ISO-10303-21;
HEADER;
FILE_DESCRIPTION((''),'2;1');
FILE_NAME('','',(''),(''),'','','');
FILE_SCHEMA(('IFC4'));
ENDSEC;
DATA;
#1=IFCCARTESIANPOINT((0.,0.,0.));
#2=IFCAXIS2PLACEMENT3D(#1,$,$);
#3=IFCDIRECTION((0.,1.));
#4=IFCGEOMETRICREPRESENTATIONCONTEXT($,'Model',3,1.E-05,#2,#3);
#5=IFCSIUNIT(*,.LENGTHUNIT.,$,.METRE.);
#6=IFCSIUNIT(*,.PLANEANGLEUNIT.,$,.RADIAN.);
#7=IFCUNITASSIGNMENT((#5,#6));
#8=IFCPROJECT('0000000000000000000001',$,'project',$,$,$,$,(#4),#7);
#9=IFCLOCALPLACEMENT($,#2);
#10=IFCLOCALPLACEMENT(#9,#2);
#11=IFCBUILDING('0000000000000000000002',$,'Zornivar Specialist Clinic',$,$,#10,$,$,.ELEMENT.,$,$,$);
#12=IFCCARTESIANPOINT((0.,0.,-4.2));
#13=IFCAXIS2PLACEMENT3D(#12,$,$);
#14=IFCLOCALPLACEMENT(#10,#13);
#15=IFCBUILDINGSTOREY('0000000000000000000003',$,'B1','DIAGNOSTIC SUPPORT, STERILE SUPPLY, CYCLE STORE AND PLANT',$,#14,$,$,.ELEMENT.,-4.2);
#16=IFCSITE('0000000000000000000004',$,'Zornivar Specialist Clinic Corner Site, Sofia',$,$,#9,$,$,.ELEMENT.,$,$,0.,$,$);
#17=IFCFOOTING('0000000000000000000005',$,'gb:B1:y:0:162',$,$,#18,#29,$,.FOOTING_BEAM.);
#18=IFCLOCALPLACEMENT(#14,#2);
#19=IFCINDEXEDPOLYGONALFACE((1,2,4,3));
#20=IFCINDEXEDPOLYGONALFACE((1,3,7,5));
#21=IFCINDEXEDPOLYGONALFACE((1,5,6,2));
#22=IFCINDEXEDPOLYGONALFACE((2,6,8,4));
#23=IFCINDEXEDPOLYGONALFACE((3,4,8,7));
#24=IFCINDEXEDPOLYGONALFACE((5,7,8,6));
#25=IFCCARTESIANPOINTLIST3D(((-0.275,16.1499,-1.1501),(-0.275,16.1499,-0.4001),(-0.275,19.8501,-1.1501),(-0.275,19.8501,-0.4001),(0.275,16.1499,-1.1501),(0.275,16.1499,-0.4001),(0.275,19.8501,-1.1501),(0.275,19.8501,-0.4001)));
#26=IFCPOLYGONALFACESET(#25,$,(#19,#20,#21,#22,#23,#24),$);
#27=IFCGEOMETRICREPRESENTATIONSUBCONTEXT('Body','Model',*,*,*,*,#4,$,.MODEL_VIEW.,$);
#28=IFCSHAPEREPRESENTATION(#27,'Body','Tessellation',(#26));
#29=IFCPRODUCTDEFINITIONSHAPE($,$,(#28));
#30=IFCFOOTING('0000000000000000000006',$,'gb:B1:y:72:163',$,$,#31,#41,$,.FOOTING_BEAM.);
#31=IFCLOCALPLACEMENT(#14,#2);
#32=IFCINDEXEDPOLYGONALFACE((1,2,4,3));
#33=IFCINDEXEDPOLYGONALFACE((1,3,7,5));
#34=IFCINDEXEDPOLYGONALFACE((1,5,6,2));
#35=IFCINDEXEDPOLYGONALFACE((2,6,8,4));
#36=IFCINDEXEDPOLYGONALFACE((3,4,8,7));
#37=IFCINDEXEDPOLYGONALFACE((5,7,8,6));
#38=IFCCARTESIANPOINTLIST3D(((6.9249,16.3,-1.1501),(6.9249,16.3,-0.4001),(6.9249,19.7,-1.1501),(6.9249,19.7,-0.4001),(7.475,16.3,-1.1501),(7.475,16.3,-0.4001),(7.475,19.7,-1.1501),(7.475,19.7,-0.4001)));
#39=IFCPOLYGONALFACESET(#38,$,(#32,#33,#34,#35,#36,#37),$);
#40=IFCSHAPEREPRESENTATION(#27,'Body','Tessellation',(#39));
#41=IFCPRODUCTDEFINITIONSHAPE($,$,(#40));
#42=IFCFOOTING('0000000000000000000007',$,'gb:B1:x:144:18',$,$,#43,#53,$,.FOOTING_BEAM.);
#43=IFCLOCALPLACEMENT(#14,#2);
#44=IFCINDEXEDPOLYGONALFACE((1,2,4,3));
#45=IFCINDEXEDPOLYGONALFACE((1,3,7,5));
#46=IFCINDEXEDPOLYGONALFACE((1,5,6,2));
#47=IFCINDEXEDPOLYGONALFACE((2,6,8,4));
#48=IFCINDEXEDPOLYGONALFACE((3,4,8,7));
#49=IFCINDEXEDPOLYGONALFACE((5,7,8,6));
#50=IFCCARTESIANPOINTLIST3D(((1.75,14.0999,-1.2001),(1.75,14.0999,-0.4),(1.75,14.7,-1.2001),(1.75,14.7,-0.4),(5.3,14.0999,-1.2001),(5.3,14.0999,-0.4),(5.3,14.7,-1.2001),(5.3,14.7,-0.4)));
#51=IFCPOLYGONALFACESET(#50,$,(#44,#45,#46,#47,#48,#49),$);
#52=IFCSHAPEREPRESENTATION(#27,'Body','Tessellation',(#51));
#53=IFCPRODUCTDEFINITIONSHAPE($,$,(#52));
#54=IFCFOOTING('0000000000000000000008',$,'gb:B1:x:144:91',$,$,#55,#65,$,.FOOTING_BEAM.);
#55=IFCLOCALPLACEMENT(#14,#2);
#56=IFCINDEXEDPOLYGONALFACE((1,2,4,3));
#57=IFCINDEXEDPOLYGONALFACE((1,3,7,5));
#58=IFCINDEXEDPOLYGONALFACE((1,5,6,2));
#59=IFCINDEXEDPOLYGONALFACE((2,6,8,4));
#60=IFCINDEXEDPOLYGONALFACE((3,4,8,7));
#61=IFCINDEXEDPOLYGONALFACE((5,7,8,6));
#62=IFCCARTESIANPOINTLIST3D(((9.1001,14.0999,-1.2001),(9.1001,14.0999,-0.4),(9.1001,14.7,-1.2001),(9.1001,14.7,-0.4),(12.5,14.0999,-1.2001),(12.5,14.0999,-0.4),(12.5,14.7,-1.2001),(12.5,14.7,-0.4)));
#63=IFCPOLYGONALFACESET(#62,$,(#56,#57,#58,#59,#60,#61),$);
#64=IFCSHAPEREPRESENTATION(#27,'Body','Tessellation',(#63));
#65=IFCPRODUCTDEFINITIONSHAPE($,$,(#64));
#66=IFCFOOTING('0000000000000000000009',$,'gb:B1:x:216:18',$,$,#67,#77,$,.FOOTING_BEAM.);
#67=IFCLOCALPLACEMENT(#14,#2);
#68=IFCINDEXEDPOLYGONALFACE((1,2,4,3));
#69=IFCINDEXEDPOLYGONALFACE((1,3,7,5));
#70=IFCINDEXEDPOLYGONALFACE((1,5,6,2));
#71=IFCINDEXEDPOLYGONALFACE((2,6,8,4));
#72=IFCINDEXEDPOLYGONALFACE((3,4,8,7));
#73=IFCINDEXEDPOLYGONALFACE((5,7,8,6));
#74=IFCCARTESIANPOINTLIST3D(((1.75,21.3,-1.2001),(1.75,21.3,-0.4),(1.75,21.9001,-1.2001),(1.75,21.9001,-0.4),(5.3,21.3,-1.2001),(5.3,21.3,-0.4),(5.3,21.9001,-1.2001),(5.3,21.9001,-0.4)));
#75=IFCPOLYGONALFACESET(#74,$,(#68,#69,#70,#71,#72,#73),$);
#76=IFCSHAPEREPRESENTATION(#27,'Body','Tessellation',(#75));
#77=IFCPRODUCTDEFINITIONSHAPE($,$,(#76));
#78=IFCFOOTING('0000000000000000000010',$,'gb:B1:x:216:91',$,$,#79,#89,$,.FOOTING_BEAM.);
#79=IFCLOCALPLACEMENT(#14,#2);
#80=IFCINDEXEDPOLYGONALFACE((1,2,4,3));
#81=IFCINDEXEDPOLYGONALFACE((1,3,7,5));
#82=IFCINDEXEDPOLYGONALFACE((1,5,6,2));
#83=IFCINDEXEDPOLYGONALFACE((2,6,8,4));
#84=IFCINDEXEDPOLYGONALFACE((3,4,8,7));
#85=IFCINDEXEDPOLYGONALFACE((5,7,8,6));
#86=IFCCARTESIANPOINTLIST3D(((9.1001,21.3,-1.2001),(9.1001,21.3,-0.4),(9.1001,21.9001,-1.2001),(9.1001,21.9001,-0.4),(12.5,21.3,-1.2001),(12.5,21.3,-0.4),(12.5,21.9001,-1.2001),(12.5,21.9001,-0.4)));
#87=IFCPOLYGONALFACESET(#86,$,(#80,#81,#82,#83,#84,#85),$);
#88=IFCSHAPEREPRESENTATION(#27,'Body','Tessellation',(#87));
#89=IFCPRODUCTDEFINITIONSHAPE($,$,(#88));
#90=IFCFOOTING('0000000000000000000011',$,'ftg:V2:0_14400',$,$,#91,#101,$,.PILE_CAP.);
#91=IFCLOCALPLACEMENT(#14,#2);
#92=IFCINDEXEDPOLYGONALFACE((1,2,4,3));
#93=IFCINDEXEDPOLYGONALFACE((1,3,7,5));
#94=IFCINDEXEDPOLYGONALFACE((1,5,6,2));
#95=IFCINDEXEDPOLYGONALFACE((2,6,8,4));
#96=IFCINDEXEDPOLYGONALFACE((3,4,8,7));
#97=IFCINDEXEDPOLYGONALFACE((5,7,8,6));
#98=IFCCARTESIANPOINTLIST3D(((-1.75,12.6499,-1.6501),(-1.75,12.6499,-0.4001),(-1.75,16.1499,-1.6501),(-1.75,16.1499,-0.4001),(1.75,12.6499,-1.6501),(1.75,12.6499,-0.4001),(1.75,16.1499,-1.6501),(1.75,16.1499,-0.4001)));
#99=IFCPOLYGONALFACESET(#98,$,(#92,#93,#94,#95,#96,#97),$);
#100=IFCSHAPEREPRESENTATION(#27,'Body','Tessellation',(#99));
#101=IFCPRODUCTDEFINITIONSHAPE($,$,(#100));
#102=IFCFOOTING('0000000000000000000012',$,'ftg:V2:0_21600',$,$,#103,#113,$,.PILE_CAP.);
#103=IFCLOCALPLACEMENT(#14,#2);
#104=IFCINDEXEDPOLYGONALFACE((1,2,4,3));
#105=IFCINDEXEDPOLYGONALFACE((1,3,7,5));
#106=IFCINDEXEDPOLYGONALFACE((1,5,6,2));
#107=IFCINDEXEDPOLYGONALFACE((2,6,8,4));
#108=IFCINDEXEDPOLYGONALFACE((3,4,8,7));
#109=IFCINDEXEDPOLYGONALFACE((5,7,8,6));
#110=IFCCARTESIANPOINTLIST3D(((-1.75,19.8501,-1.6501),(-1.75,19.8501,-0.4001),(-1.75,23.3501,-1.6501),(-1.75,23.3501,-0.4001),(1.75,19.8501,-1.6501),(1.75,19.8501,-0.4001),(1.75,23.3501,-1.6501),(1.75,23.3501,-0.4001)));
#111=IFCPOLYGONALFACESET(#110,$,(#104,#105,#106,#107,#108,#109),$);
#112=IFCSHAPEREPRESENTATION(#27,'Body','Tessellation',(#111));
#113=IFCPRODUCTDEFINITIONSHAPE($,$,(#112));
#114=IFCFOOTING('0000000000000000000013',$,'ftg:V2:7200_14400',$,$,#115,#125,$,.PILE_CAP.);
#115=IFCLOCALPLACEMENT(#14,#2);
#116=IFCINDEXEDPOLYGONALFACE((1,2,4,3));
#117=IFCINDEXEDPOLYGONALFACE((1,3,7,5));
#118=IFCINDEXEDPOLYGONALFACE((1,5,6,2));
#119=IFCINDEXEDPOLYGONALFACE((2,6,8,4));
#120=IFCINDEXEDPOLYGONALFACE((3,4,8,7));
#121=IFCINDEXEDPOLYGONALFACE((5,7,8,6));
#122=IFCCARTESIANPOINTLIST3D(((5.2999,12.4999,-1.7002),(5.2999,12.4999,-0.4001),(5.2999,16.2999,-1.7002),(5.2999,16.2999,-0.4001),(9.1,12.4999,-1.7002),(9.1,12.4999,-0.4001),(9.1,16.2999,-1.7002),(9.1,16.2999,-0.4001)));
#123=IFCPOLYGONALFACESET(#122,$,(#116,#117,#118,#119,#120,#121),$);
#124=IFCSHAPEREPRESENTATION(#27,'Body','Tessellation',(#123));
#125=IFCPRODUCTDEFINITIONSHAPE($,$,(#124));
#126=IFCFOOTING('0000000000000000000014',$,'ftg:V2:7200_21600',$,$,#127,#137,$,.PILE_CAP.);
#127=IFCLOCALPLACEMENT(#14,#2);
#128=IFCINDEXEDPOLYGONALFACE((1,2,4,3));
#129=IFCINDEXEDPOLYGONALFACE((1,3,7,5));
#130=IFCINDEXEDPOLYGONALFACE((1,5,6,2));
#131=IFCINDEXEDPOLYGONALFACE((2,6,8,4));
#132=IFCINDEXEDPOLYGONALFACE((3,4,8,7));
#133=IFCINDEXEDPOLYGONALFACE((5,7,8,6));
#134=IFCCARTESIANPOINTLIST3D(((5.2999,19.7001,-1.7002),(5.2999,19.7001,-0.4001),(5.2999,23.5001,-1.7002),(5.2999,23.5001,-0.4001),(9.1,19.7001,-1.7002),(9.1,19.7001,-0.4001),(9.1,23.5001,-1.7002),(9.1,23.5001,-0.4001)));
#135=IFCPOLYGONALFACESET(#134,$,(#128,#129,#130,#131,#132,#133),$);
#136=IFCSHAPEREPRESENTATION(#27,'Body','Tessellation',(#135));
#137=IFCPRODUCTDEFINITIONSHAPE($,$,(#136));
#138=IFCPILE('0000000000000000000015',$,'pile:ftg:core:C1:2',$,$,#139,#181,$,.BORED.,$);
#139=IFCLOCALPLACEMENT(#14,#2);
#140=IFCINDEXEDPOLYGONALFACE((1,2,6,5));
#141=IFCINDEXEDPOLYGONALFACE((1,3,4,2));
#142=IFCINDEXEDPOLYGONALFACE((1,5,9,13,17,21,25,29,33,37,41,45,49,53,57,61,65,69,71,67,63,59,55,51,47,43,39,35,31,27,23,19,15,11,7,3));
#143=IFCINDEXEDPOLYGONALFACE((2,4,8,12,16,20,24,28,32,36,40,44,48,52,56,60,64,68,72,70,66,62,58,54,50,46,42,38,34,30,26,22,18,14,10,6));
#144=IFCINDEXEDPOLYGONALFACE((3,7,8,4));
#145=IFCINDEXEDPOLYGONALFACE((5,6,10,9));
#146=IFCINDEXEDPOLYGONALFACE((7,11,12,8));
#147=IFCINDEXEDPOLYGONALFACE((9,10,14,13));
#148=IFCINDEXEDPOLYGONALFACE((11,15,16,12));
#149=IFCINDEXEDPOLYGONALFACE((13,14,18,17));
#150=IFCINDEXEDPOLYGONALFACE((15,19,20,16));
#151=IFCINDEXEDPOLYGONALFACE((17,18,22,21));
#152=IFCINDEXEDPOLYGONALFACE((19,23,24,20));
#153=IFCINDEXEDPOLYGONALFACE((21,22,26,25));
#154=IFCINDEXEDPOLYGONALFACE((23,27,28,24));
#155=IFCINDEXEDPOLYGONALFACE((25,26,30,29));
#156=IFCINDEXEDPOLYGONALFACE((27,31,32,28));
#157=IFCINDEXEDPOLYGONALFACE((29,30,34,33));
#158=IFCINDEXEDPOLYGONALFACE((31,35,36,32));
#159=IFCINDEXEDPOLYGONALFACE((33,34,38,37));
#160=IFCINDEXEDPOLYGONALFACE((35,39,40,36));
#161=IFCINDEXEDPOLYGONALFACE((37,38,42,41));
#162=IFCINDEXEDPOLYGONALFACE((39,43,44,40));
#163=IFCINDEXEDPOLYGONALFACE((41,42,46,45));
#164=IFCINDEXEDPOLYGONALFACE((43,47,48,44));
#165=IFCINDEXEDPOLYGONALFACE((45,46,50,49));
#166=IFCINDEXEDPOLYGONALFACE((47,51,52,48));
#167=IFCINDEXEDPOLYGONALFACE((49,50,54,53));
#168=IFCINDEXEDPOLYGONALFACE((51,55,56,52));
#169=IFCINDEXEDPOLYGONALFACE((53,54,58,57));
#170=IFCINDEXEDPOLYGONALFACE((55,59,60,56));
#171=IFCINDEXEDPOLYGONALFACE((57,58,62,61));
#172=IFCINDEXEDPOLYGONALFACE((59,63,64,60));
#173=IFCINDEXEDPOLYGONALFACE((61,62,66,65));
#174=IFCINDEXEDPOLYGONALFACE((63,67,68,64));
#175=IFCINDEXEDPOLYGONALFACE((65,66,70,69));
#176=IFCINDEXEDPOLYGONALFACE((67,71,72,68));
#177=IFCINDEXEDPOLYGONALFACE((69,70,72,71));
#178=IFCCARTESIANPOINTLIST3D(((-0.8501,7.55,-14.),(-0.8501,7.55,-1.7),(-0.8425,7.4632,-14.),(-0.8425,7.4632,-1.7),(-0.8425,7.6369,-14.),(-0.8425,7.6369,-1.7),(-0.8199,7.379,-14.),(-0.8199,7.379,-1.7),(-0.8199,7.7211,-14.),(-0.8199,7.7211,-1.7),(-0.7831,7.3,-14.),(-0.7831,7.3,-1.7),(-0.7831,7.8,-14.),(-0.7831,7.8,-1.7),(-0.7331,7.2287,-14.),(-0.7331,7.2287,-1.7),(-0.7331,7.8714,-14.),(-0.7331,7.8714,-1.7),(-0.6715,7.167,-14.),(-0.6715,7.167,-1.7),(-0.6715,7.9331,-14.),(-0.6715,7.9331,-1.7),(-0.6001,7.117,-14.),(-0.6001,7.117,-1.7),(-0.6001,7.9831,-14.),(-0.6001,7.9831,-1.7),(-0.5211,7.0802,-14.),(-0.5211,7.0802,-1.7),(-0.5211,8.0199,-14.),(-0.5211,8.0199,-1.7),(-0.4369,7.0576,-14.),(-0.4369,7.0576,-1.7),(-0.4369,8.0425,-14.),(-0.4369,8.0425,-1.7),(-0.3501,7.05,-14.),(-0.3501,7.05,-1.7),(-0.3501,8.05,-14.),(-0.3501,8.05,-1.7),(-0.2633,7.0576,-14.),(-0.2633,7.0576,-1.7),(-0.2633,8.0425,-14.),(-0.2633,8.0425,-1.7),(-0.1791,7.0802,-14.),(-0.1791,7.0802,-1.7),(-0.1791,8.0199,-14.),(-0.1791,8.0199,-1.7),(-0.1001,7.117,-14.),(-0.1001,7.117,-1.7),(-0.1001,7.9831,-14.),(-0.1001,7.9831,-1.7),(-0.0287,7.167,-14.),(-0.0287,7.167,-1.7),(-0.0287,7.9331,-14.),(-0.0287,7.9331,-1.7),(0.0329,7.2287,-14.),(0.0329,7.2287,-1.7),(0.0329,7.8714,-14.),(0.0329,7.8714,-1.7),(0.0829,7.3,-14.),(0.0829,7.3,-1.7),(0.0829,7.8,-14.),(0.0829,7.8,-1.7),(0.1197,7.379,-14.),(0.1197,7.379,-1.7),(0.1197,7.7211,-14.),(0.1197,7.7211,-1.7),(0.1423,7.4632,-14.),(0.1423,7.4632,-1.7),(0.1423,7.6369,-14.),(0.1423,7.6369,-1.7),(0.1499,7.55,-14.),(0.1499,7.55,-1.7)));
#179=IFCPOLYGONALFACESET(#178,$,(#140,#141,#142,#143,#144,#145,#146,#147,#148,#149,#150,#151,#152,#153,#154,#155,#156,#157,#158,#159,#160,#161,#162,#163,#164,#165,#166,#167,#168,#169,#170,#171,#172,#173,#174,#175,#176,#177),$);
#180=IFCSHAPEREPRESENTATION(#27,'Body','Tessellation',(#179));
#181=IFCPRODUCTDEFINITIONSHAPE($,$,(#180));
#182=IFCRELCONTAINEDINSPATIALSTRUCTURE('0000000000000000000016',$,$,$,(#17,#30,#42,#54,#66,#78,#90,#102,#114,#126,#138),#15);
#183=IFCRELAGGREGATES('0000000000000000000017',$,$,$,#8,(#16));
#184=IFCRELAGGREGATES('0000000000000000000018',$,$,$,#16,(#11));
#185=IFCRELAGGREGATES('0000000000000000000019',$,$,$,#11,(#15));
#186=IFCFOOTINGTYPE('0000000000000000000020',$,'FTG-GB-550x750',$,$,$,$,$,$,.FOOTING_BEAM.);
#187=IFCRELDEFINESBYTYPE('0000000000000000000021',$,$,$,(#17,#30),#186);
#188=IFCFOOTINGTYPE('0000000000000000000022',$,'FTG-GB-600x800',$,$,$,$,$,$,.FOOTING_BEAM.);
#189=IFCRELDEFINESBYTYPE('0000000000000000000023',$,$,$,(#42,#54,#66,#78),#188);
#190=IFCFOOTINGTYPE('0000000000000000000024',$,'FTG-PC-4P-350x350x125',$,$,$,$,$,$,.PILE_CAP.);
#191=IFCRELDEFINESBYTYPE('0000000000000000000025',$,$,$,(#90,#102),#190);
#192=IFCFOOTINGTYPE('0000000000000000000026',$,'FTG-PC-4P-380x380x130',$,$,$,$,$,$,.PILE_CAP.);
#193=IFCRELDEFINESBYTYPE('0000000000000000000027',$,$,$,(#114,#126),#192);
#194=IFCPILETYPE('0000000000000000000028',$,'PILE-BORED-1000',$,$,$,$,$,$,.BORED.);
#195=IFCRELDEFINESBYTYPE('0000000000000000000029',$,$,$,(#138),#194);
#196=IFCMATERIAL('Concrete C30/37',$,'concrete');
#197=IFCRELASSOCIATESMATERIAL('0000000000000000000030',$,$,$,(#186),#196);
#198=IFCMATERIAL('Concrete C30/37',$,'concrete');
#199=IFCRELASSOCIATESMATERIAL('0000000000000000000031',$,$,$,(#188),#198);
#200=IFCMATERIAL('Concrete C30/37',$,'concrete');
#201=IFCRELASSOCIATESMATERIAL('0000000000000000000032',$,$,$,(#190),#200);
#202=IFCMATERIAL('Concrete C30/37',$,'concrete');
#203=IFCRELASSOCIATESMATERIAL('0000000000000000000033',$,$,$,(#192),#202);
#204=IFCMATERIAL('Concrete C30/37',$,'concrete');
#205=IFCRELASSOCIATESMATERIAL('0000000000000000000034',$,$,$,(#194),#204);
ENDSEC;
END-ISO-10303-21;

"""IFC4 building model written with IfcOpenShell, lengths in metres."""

from ifc_helpers import new_model, si_unit, direction, frame, origin, origin_2d, place, context, subcontext, project, spatial, rectangle, circle, extrude, material, material_profile, profile_set, type_object, element, save


model = new_model("IFC4")

# Units and contexts
model_context = context("Model", 3, precision=1e-05, world=origin(), true_north=direction((0.0, 1.0)))
body_context = subcontext(model_context, "Body", "Model", "MODEL_VIEW")
ifc_project = project(units=[si_unit("LENGTHUNIT", "METRE"), si_unit("PLANEANGLEUNIT", "RADIAN")], contexts=[model_context])

# Site, building, storey
site_placement = place(None, origin())
site = spatial("IfcSite", under=ifc_project, at=site_placement, Name="Zornivar Specialist Clinic Corner Site, Sofia", CompositionType="ELEMENT", RefElevation=0.0)
building_placement = place(site_placement, origin())
building = spatial("IfcBuilding", under=site, at=building_placement, Name="Zornivar Specialist Clinic", CompositionType="ELEMENT")
storey_placement = place(building_placement, frame((0.0, 0.0, -4.2)))
storey = spatial("IfcBuildingStorey", under=building, at=storey_placement, Name="B1", Description="DIAGNOSTIC SUPPORT, STERILE SUPPLY, CYCLE STORE AND PLANT", CompositionType="ELEMENT", Elevation=-4.2)

# Footings
ifc_material_1 = material(Name="Concrete C30/37", Category="concrete")
ifc_material_profile_1 = material_profile(ifc_material_1, rectangle(XDim=0.55, YDim=0.75, at=origin_2d()), Name="RC 550x750")
ifc_profile_set_1 = profile_set([ifc_material_profile_1], Name="Concrete C30/37")
footing_type_1 = type_object("IfcFootingType", Name="FTG-GB-550x750", PredefinedType="FOOTING_BEAM", material=ifc_profile_set_1)
footing_1_placement = place(storey_placement, frame((0.0, 16.1499, -0.7751), z_axis=(0.0, 1.0, 0.0), x_axis=(-1.0, 0.0, 0.0)))
element("IfcFooting", 1, at=footing_1_placement, inside=storey, type_object=footing_type_1, Name="gb:B1:y:0:162", PredefinedType="FOOTING_BEAM", context=body_context, shape_type="SweptSolid", body=[
    extrude(rectangle(XDim=0.55, YDim=0.75, at=origin_2d()), origin(), (0.0, 0.0, 1.0), 3.7002),
])
footing_2_placement = place(storey_placement, frame((7.2, 16.3, -0.7751), z_axis=(0.0, 1.0, 0.0), x_axis=(-1.0, 0.0, 0.0)))
element("IfcFooting", 2, at=footing_2_placement, inside=storey, type_object=footing_type_1, Name="gb:B1:y:72:163", PredefinedType="FOOTING_BEAM", context=body_context, shape_type="SweptSolid", body=[
    extrude(rectangle(XDim=0.55, YDim=0.75, at=origin_2d()), origin(), (0.0, 0.0, 1.0), 3.3999),
])
ifc_material_2 = material(Name="Concrete C30/37", Category="concrete")
ifc_material_profile_2 = material_profile(ifc_material_2, rectangle(XDim=0.6001, YDim=0.8, at=origin_2d()), Name="RC 600x800")
ifc_profile_set_2 = profile_set([ifc_material_profile_2], Name="Concrete C30/37")
footing_type_2 = type_object("IfcFootingType", Name="FTG-GB-600x800", PredefinedType="FOOTING_BEAM", material=ifc_profile_set_2)
footing_3_placement = place(storey_placement, frame((1.75, 14.3999, -0.8), z_axis=(1.0, 0.0, 0.0), x_axis=(0.0, 1.0, 0.0)))
element("IfcFooting", 3, at=footing_3_placement, inside=storey, type_object=footing_type_2, Name="gb:B1:x:144:18", PredefinedType="FOOTING_BEAM", context=body_context, shape_type="SweptSolid", body=[
    extrude(rectangle(XDim=0.6001, YDim=0.8, at=origin_2d()), origin(), (0.0, 0.0, 1.0), 3.55),
])
footing_4_placement = place(storey_placement, frame((9.1001, 14.3999, -0.8), z_axis=(1.0, 0.0, 0.0), x_axis=(0.0, 1.0, 0.0)))
element("IfcFooting", 4, at=footing_4_placement, inside=storey, type_object=footing_type_2, Name="gb:B1:x:144:91", PredefinedType="FOOTING_BEAM", context=body_context, shape_type="SweptSolid", body=[
    extrude(rectangle(XDim=0.6001, YDim=0.8, at=origin_2d()), origin(), (0.0, 0.0, 1.0), 3.3999),
])
footing_5_placement = place(storey_placement, frame((1.75, 21.6001, -0.8), z_axis=(1.0, 0.0, 0.0), x_axis=(0.0, 1.0, 0.0)))
element("IfcFooting", 5, at=footing_5_placement, inside=storey, type_object=footing_type_2, Name="gb:B1:x:216:18", PredefinedType="FOOTING_BEAM", context=body_context, shape_type="SweptSolid", body=[
    extrude(rectangle(XDim=0.6001, YDim=0.8, at=origin_2d()), origin(), (0.0, 0.0, 1.0), 3.55),
])
footing_6_placement = place(storey_placement, frame((9.1001, 21.6001, -0.8), z_axis=(1.0, 0.0, 0.0), x_axis=(0.0, 1.0, 0.0)))
element("IfcFooting", 6, at=footing_6_placement, inside=storey, type_object=footing_type_2, Name="gb:B1:x:216:91", PredefinedType="FOOTING_BEAM", context=body_context, shape_type="SweptSolid", body=[
    extrude(rectangle(XDim=0.6001, YDim=0.8, at=origin_2d()), origin(), (0.0, 0.0, 1.0), 3.3999),
])
ifc_material_3 = material(Name="Concrete C30/37", Category="concrete")
footing_type_3 = type_object("IfcFootingType", Name="FTG-PC-4P-350x350x125", PredefinedType="PILE_CAP", material=ifc_material_3)
for number, where, z_axis, x_axis, name in (
    (7, (0.0, 14.3999, -1.6501), (0.0, 0.0, 1.0), (1.0, 0.0, 0.0), "ftg:V2:0_14400"),
    (8, (0.0, 21.6001, -1.6501), (0.0, 0.0, 1.0), (1.0, 0.0, 0.0), "ftg:V2:0_21600"),
):
    element("IfcFooting", number, at=place(storey_placement, frame(where, z_axis=z_axis, x_axis=x_axis)), inside=storey, type_object=footing_type_3, Name=name, PredefinedType="PILE_CAP", context=body_context, shape_type="SweptSolid", body=[
        extrude(rectangle(XDim=3.5, YDim=3.5, at=origin_2d()), origin(), (0.0, 0.0, 1.0), 1.25),
    ])
ifc_material_4 = material(Name="Concrete C30/37", Category="concrete")
footing_type_4 = type_object("IfcFootingType", Name="FTG-PC-4P-380x380x130", PredefinedType="PILE_CAP", material=ifc_material_4)
for number, where, z_axis, x_axis, name in (
    (9, (7.2, 14.3999, -1.7002), (0.0, 0.0, 1.0), (1.0, 0.0, 0.0), "ftg:V2:7200_14400"),
    (10, (7.2, 21.6001, -1.7002), (0.0, 0.0, 1.0), (1.0, 0.0, 0.0), "ftg:V2:7200_21600"),
):
    element("IfcFooting", number, at=place(storey_placement, frame(where, z_axis=z_axis, x_axis=x_axis)), inside=storey, type_object=footing_type_4, Name=name, PredefinedType="PILE_CAP", context=body_context, shape_type="SweptSolid", body=[
        extrude(rectangle(XDim=3.8, YDim=3.8, at=origin_2d()), origin(), (0.0, 0.0, 1.0), 1.3),
    ])

# Pile
ifc_material_5 = material(Name="Concrete C30/37", Category="concrete")
ifc_material_profile_3 = material_profile(ifc_material_5, circle(Radius=0.5, at=origin_2d()), Name="PILE D1000")
ifc_profile_set_3 = profile_set([ifc_material_profile_3], Name="Concrete C30/37")
pile_type_1 = type_object("IfcPileType", Name="PILE-BORED-1000", PredefinedType="BORED", material=ifc_profile_set_3)
for number, where, z_axis, x_axis, name in (
    (11, (-0.3501, 7.55, -1.7), (0.0, 0.0, -1.0), (1.0, 0.0, 0.0), "pile:ftg:core:C1:2"),
):
    element("IfcPile", number, at=place(storey_placement, frame(where, z_axis=z_axis, x_axis=x_axis)), inside=storey, type_object=pile_type_1, Name=name, PredefinedType="BORED", context=body_context, shape_type="SweptSolid", body=[
        extrude(circle(Radius=0.5, at=origin_2d()), origin(), (0.0, 0.0, 1.0), 12.3),
    ])

save(model, "model.ifc")
